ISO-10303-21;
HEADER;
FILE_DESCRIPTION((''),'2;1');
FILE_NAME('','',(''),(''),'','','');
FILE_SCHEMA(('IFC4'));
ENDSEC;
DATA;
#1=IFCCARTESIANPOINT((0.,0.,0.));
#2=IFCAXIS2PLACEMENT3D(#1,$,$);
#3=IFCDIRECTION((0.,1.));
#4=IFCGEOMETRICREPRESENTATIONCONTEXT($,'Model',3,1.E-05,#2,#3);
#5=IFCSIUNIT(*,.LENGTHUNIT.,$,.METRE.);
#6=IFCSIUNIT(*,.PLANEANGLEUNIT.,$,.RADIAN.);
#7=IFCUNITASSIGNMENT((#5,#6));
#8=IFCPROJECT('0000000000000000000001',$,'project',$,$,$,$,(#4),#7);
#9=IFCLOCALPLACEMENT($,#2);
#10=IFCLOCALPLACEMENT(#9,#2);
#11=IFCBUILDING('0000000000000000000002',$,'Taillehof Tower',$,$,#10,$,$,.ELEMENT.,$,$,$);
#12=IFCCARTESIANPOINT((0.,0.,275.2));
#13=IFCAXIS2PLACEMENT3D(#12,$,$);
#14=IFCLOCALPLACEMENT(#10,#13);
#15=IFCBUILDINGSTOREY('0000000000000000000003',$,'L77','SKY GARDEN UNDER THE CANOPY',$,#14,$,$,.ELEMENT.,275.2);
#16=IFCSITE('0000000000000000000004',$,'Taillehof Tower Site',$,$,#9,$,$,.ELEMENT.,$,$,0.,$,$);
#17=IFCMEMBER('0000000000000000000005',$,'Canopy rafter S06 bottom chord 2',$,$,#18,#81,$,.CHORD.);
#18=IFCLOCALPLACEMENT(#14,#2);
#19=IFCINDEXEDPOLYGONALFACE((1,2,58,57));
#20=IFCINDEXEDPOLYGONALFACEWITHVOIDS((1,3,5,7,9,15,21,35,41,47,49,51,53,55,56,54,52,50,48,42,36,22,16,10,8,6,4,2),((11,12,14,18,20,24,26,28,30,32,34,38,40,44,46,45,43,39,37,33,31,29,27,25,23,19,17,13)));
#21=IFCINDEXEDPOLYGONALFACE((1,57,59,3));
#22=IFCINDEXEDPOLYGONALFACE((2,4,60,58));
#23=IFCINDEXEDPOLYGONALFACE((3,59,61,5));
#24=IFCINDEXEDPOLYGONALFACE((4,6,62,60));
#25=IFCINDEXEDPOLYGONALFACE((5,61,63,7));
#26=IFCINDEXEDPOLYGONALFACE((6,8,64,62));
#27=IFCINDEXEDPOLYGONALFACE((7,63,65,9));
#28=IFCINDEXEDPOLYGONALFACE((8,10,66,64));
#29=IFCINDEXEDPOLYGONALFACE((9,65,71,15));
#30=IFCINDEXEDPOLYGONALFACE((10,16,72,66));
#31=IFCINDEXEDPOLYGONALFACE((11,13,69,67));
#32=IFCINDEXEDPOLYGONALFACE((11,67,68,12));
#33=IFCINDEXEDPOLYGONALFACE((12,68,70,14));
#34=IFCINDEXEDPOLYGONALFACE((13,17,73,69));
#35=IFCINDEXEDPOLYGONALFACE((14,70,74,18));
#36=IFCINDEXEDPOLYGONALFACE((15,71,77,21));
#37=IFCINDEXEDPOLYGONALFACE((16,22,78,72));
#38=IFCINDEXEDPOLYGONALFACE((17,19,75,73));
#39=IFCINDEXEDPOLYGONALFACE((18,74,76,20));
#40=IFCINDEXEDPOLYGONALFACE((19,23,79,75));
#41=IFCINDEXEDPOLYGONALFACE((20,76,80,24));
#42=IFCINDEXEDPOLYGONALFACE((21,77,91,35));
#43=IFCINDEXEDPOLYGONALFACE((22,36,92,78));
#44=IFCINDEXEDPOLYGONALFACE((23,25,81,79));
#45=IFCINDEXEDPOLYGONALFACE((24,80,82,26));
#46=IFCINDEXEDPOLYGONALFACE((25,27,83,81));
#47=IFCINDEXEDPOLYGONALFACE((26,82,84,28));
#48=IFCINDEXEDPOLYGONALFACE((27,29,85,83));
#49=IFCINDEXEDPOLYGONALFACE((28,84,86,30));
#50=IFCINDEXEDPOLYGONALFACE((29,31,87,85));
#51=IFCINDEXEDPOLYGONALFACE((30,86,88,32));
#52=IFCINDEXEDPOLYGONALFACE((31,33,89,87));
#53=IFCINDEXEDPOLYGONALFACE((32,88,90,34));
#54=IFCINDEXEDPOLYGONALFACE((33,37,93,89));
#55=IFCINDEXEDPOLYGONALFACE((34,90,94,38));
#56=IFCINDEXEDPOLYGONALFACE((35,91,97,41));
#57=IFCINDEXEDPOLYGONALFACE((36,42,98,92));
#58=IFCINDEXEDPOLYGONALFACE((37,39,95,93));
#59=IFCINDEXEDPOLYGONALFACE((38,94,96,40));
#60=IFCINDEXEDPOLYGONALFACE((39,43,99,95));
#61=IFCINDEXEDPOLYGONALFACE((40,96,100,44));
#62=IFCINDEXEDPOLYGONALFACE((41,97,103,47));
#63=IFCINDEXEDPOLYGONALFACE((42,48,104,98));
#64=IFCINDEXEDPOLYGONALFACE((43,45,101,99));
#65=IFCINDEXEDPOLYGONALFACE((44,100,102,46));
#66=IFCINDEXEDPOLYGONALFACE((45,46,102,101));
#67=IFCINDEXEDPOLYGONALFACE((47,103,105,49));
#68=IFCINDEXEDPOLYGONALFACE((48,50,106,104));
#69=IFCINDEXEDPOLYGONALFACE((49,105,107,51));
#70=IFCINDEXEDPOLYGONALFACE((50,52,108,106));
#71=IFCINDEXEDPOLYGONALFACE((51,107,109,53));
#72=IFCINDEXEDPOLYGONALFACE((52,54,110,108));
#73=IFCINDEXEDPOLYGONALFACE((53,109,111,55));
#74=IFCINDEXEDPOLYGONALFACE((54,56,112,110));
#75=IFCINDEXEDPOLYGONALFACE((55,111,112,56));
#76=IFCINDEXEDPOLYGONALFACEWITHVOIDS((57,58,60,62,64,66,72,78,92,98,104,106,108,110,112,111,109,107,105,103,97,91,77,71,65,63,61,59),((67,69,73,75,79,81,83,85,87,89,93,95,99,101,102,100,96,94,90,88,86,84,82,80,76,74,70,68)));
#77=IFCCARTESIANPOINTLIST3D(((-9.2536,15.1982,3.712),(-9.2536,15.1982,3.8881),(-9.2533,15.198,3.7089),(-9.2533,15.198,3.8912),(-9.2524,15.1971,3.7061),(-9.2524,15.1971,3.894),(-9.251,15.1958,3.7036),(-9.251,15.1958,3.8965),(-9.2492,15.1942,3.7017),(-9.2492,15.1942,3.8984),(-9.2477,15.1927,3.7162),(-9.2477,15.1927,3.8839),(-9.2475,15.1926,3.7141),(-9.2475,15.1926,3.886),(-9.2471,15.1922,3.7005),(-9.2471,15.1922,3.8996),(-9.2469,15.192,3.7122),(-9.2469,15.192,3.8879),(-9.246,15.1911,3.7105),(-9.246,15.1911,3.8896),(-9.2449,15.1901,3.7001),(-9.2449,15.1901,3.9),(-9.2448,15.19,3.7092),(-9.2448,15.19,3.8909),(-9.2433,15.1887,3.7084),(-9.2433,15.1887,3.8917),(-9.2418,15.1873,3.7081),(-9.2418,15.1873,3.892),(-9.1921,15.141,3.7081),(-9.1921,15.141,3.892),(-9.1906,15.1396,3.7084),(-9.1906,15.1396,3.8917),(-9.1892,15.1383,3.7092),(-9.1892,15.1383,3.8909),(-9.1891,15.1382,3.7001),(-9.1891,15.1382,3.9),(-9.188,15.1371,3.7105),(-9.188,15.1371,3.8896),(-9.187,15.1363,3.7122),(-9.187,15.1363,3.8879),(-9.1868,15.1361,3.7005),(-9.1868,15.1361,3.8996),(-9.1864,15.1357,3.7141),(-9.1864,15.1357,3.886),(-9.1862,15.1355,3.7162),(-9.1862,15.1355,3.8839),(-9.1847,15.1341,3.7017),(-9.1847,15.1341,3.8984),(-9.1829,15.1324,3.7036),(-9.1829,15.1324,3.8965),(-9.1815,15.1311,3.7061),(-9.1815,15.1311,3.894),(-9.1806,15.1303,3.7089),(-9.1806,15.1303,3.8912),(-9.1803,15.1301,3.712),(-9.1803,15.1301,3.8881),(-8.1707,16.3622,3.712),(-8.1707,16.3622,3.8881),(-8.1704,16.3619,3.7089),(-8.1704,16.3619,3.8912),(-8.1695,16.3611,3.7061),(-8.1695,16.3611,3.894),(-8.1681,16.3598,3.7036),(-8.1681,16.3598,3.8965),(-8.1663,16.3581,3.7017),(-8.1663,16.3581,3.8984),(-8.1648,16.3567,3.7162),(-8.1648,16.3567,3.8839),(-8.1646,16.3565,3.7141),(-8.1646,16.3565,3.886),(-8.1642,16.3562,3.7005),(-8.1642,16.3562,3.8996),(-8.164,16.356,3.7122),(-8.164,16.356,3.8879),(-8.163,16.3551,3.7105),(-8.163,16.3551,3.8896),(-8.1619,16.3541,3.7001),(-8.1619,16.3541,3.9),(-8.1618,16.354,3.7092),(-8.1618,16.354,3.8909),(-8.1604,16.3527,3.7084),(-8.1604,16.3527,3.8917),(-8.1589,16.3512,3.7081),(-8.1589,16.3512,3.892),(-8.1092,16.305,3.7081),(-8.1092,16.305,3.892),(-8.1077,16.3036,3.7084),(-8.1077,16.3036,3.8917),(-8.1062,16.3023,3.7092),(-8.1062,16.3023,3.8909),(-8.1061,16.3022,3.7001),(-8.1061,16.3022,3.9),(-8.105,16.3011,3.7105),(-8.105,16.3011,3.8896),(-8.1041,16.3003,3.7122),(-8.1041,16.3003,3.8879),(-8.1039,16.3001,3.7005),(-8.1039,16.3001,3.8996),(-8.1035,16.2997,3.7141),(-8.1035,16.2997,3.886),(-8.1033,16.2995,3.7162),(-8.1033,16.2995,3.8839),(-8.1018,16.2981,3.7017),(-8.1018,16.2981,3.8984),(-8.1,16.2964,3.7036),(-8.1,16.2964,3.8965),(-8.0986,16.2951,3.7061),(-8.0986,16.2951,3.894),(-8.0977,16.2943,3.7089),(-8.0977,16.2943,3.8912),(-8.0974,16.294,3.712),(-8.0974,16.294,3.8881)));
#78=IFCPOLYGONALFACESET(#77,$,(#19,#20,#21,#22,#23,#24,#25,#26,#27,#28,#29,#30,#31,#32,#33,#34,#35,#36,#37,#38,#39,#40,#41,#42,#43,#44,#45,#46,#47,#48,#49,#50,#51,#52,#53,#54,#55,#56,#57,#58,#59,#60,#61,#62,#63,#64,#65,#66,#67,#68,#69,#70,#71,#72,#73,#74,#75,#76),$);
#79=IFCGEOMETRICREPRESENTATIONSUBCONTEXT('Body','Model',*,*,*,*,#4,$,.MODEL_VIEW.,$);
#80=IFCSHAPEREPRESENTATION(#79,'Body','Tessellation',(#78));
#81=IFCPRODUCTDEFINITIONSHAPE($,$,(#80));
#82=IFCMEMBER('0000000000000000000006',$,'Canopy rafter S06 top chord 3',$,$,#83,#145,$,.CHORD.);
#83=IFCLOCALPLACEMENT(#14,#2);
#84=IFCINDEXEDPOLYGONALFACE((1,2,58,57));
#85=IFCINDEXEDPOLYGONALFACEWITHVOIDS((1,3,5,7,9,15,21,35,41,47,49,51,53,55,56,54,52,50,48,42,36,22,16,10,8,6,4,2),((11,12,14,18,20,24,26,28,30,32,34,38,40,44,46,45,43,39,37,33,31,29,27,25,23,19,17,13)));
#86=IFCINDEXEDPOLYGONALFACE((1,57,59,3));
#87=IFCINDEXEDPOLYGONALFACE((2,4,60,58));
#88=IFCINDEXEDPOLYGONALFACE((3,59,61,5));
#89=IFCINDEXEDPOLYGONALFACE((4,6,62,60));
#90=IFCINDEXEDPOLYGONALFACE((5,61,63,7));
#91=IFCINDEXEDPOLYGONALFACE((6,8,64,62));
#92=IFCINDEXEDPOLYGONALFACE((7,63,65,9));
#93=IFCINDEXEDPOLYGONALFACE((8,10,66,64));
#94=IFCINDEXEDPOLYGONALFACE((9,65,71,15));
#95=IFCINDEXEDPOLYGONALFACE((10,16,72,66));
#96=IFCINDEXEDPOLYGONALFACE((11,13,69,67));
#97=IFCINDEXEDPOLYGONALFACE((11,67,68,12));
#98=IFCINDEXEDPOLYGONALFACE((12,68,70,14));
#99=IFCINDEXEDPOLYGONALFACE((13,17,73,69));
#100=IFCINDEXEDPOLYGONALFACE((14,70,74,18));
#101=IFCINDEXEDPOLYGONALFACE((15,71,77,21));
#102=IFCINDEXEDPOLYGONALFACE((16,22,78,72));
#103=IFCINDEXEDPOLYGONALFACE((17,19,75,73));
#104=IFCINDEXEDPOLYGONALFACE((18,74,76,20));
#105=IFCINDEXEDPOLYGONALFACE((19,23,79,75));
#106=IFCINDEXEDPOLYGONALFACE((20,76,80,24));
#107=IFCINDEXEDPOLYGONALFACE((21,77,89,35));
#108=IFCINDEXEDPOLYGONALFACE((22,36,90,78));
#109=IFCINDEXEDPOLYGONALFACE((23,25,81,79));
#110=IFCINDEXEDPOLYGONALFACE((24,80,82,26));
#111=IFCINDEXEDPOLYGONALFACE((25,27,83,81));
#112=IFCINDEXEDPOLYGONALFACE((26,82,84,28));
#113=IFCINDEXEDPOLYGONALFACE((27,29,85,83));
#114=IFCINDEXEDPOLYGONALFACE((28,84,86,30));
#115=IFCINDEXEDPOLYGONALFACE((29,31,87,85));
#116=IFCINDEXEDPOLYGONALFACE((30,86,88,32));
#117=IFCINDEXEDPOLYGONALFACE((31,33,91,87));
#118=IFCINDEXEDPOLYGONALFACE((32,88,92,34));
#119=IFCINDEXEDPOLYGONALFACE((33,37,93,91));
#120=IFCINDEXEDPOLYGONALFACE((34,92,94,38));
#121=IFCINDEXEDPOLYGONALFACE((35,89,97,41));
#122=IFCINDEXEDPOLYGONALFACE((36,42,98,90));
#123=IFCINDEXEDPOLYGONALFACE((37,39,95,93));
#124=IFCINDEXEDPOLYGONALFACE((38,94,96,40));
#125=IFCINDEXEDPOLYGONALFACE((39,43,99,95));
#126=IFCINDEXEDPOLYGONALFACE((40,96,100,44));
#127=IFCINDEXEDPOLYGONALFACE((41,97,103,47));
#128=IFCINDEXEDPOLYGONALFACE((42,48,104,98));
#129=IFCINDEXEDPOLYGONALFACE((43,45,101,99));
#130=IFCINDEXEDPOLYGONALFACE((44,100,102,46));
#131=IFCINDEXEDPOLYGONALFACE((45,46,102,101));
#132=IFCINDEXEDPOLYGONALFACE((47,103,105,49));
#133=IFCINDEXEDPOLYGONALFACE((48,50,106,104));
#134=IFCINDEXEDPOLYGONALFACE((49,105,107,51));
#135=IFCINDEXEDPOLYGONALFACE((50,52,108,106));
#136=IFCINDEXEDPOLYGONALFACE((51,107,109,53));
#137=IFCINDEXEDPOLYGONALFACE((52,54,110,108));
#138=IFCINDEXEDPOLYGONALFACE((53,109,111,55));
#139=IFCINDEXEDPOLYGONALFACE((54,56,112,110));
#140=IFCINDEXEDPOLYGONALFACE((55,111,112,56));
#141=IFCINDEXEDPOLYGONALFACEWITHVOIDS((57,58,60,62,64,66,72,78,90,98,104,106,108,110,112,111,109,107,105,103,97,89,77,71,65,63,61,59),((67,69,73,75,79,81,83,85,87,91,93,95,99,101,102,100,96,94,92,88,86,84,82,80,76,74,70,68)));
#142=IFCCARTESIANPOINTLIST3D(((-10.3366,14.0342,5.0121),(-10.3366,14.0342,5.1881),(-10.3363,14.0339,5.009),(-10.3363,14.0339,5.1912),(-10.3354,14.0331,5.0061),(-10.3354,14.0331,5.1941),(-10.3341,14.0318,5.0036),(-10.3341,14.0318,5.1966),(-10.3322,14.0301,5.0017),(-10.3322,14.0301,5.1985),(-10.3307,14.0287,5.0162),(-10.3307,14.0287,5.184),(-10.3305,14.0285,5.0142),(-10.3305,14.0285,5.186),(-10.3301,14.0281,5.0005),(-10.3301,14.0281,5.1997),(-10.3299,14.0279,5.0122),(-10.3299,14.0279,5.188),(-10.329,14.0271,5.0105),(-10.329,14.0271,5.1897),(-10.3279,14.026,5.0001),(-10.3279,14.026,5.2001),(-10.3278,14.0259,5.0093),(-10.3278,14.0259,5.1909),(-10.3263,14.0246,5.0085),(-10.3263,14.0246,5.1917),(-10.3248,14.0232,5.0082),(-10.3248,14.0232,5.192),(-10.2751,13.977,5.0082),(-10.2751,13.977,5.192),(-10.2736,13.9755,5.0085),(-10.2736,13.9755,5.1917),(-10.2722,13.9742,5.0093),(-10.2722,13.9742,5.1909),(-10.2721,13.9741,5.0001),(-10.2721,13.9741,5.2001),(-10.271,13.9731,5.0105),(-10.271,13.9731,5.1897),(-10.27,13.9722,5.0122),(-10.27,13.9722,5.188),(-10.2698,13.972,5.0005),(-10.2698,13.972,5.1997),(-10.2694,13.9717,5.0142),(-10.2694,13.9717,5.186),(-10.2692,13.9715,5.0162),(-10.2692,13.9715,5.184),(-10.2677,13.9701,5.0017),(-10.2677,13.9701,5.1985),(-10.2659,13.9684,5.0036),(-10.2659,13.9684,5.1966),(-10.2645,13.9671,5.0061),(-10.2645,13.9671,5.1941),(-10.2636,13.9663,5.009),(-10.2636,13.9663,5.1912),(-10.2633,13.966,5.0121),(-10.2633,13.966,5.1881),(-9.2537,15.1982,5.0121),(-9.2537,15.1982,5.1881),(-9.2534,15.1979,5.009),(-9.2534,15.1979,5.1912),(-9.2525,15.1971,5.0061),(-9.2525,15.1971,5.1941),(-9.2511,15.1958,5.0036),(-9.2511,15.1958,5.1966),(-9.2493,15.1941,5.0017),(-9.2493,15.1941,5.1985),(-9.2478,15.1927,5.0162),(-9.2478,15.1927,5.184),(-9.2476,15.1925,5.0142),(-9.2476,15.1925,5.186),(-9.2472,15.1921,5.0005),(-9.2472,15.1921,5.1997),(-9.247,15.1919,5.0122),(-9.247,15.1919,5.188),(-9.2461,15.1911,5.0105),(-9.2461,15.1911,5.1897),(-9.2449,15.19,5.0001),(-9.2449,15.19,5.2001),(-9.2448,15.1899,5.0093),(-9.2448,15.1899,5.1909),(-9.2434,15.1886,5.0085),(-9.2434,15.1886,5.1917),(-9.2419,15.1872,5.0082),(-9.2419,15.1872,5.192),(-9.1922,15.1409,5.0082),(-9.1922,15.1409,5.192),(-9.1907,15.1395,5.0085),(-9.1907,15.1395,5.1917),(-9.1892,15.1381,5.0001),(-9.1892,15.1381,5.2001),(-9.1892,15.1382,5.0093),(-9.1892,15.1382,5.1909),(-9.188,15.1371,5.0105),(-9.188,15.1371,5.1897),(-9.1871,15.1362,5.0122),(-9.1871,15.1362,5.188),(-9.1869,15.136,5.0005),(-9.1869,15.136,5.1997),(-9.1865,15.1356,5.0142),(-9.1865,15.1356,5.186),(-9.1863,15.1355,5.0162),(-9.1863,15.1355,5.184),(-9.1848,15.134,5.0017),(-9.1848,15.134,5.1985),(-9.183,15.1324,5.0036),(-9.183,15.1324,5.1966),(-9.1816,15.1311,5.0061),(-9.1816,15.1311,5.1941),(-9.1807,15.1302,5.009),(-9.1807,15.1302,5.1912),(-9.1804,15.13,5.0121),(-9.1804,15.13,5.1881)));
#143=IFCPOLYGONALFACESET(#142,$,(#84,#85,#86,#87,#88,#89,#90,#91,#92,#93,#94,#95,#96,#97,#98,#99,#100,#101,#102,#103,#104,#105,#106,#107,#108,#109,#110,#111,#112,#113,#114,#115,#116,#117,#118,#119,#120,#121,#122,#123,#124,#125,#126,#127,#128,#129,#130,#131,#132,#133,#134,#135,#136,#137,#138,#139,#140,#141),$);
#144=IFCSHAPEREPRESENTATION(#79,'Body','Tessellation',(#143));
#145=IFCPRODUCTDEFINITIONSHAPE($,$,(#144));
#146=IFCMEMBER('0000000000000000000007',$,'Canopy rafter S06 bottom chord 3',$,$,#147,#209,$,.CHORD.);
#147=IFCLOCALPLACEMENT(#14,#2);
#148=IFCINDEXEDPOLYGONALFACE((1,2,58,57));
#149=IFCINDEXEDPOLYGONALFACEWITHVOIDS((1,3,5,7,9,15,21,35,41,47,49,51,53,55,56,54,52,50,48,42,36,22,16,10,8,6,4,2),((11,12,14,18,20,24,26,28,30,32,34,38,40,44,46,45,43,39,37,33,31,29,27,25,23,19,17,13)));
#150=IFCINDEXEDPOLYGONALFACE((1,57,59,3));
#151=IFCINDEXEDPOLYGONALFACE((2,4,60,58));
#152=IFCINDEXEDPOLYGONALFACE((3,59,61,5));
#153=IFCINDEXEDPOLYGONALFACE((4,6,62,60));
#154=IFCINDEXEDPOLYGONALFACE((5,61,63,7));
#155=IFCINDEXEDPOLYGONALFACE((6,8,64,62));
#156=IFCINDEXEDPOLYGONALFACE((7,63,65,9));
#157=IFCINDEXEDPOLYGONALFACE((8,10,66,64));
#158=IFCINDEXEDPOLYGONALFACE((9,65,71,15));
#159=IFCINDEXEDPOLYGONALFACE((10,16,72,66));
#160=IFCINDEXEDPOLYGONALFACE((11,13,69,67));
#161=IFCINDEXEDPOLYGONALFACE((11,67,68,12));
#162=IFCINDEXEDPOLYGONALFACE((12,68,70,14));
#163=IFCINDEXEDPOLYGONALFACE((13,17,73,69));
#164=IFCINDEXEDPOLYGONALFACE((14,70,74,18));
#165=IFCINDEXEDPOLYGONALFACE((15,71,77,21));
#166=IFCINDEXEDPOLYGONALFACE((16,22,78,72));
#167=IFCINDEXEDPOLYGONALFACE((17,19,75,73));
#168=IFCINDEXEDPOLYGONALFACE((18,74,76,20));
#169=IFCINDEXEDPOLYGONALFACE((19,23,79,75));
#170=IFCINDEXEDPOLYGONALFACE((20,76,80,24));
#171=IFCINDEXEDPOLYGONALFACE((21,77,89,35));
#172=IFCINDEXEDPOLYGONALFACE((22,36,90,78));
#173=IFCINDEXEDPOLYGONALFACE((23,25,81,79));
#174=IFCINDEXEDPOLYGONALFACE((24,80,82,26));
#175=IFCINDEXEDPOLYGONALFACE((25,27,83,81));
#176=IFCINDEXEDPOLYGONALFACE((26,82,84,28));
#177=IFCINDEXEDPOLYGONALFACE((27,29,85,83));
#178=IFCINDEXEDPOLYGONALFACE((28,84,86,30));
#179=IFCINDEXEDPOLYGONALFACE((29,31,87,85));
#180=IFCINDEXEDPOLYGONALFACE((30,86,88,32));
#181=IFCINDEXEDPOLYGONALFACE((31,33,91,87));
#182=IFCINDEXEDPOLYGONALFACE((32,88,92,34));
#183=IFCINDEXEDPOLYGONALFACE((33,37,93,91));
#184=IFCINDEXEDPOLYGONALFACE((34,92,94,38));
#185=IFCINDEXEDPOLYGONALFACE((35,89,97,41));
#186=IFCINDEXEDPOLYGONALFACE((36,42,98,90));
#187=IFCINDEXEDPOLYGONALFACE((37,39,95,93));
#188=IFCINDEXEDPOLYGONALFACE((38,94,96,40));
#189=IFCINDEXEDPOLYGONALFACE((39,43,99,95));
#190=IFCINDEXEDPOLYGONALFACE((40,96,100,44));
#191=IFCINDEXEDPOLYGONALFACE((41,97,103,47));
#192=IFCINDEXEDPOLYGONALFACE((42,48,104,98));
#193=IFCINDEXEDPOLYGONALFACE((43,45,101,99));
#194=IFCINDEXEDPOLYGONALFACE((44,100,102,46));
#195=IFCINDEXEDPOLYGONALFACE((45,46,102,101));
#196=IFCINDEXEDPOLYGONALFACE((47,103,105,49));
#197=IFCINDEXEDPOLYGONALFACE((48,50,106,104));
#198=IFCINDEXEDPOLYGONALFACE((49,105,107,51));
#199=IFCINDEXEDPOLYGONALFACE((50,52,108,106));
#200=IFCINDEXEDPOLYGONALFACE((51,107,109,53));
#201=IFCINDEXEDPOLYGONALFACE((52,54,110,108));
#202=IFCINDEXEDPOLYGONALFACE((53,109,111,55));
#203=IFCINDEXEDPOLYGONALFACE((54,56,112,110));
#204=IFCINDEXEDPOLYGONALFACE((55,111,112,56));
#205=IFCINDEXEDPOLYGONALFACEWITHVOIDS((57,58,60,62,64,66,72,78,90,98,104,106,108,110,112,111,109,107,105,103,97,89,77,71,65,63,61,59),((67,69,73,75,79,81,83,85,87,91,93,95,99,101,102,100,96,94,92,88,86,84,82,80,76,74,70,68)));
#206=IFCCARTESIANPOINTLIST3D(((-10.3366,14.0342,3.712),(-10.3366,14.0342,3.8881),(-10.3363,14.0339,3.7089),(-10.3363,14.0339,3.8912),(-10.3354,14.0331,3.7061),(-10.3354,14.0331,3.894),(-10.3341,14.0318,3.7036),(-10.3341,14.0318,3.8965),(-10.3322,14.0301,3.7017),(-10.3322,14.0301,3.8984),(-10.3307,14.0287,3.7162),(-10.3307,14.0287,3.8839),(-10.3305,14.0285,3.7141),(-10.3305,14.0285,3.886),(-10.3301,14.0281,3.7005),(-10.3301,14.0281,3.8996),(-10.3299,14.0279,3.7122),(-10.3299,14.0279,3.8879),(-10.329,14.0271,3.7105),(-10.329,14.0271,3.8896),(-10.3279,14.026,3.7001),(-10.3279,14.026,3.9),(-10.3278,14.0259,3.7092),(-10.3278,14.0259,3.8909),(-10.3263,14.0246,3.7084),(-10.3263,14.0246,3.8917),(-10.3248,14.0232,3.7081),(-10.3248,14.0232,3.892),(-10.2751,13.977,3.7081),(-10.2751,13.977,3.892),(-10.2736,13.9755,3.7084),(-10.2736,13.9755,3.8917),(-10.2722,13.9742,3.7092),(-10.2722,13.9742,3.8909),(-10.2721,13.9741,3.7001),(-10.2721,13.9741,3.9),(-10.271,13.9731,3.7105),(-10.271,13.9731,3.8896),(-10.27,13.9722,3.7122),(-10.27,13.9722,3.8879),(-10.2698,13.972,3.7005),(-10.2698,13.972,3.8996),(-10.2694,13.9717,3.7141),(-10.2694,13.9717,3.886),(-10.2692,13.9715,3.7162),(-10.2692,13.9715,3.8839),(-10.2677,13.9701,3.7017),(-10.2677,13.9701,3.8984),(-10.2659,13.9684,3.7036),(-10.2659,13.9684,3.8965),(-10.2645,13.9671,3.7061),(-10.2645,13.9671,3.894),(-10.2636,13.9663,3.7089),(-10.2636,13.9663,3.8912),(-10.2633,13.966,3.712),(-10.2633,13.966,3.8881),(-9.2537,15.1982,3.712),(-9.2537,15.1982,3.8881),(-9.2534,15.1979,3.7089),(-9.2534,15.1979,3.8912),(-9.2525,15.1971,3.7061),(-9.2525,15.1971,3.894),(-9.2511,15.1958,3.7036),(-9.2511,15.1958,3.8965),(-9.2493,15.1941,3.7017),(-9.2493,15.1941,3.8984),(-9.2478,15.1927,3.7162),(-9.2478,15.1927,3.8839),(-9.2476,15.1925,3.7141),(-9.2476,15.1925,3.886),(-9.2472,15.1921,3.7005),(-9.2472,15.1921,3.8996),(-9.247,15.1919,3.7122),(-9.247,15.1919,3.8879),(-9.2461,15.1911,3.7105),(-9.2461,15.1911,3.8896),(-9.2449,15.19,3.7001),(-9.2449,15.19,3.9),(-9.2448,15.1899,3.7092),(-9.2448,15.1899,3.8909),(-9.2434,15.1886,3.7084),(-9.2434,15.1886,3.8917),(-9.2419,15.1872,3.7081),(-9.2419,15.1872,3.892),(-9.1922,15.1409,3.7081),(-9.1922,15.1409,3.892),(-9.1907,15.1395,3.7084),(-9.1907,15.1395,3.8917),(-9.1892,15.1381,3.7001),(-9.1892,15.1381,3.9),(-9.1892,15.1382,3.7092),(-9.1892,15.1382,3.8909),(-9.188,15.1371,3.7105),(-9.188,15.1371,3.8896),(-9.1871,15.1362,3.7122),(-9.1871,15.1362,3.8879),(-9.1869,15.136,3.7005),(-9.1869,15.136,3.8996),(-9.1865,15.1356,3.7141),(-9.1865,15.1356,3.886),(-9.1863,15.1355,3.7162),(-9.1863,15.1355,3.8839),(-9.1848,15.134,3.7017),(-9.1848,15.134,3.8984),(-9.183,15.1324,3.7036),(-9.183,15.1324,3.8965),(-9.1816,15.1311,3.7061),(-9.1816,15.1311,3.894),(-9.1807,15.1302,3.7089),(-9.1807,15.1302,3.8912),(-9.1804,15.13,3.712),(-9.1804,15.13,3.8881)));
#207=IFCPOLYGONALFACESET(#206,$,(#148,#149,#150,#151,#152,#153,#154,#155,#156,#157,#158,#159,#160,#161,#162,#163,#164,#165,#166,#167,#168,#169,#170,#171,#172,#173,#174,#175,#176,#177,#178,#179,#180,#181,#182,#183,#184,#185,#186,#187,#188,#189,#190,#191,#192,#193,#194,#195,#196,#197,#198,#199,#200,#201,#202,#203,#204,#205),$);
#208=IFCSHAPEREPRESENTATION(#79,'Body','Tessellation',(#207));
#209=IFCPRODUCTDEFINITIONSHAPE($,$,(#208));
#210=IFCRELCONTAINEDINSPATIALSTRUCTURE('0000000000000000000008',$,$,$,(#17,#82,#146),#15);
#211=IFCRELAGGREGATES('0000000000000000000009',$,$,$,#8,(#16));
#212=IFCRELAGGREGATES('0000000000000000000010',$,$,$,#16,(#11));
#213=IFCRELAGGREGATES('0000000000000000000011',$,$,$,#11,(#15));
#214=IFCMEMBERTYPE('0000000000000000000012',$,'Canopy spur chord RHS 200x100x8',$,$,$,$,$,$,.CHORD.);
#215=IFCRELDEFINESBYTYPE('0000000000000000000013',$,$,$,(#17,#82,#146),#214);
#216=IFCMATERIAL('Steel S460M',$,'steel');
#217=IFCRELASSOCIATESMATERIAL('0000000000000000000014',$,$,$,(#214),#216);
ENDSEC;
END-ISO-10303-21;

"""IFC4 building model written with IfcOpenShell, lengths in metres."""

from ifc_helpers import new_model, si_unit, direction, frame, origin, origin_2d, place, context, subcontext, project, spatial, hollow_rectangle, extrude, material, material_profile, profile_set, type_object, element, save


model = new_model("IFC4")

# Units and contexts
model_context = context("Model", 3, precision=1e-05, world=origin(), true_north=direction((0.0, 1.0)))
body_context = subcontext(model_context, "Body", "Model", "MODEL_VIEW")
ifc_project = project(units=[si_unit("LENGTHUNIT", "METRE"), si_unit("PLANEANGLEUNIT", "RADIAN")], contexts=[model_context])

# Site, building, storey
site_placement = place(None, origin())
site = spatial("IfcSite", under=ifc_project, at=site_placement, Name="Taillehof Tower Site", CompositionType="ELEMENT", RefElevation=0.0)
building_placement = place(site_placement, origin())
building = spatial("IfcBuilding", under=site, at=building_placement, Name="Taillehof Tower", CompositionType="ELEMENT")
storey_placement = place(building_placement, frame((0.0, 0.0, 275.2)))
storey = spatial("IfcBuildingStorey", under=building, at=storey_placement, Name="L77", Description="SKY GARDEN UNDER THE CANOPY", CompositionType="ELEMENT", Elevation=275.2)

# Members
ifc_material_1 = material(Name="Steel S460M", Category="steel")
ifc_material_profile_1 = material_profile(ifc_material_1, hollow_rectangle(XDim=0.1001, YDim=0.2, WallThickness=0.0081, InnerFilletRadius=0.0081, OuterFilletRadius=0.012, at=origin_2d()), Name="RHS 200x100x8")
ifc_profile_set_1 = profile_set([ifc_material_profile_1], Name="Steel S460M")
member_type_1 = type_object("IfcMemberType", Name="Canopy spur chord RHS 200x100x8", PredefinedType="CHORD", material=ifc_profile_set_1)
for number, where, z_axis, x_axis, name in (
    (1, (-8.134, 16.3281, 3.8), (-0.681158, -0.732137, 0.0), (0.732137, -0.681158, 0.0), "Canopy rafter S06 bottom chord 2"),
    (2, (-9.217, 15.1641, 5.1001), (-0.681158, -0.732137, 0.0), (0.732137, -0.681158, 0.0), "Canopy rafter S06 top chord 3"),
    (3, (-9.217, 15.1641, 3.8), (-0.681158, -0.732137, 0.0), (0.732137, -0.681158, 0.0), "Canopy rafter S06 bottom chord 3"),
):
    element("IfcMember", number, at=place(storey_placement, frame(where, z_axis=z_axis, x_axis=x_axis)), inside=storey, type_object=member_type_1, Name=name, PredefinedType="CHORD", context=body_context, shape_type="SweptSolid", body=[
        extrude(hollow_rectangle(XDim=0.1001, YDim=0.2, WallThickness=0.0081, InnerFilletRadius=0.0081, OuterFilletRadius=0.012, at=origin_2d()), origin(), (0.0, 0.0, 1.0), 1.5898),
    ])

save(model, "model.ifc")
